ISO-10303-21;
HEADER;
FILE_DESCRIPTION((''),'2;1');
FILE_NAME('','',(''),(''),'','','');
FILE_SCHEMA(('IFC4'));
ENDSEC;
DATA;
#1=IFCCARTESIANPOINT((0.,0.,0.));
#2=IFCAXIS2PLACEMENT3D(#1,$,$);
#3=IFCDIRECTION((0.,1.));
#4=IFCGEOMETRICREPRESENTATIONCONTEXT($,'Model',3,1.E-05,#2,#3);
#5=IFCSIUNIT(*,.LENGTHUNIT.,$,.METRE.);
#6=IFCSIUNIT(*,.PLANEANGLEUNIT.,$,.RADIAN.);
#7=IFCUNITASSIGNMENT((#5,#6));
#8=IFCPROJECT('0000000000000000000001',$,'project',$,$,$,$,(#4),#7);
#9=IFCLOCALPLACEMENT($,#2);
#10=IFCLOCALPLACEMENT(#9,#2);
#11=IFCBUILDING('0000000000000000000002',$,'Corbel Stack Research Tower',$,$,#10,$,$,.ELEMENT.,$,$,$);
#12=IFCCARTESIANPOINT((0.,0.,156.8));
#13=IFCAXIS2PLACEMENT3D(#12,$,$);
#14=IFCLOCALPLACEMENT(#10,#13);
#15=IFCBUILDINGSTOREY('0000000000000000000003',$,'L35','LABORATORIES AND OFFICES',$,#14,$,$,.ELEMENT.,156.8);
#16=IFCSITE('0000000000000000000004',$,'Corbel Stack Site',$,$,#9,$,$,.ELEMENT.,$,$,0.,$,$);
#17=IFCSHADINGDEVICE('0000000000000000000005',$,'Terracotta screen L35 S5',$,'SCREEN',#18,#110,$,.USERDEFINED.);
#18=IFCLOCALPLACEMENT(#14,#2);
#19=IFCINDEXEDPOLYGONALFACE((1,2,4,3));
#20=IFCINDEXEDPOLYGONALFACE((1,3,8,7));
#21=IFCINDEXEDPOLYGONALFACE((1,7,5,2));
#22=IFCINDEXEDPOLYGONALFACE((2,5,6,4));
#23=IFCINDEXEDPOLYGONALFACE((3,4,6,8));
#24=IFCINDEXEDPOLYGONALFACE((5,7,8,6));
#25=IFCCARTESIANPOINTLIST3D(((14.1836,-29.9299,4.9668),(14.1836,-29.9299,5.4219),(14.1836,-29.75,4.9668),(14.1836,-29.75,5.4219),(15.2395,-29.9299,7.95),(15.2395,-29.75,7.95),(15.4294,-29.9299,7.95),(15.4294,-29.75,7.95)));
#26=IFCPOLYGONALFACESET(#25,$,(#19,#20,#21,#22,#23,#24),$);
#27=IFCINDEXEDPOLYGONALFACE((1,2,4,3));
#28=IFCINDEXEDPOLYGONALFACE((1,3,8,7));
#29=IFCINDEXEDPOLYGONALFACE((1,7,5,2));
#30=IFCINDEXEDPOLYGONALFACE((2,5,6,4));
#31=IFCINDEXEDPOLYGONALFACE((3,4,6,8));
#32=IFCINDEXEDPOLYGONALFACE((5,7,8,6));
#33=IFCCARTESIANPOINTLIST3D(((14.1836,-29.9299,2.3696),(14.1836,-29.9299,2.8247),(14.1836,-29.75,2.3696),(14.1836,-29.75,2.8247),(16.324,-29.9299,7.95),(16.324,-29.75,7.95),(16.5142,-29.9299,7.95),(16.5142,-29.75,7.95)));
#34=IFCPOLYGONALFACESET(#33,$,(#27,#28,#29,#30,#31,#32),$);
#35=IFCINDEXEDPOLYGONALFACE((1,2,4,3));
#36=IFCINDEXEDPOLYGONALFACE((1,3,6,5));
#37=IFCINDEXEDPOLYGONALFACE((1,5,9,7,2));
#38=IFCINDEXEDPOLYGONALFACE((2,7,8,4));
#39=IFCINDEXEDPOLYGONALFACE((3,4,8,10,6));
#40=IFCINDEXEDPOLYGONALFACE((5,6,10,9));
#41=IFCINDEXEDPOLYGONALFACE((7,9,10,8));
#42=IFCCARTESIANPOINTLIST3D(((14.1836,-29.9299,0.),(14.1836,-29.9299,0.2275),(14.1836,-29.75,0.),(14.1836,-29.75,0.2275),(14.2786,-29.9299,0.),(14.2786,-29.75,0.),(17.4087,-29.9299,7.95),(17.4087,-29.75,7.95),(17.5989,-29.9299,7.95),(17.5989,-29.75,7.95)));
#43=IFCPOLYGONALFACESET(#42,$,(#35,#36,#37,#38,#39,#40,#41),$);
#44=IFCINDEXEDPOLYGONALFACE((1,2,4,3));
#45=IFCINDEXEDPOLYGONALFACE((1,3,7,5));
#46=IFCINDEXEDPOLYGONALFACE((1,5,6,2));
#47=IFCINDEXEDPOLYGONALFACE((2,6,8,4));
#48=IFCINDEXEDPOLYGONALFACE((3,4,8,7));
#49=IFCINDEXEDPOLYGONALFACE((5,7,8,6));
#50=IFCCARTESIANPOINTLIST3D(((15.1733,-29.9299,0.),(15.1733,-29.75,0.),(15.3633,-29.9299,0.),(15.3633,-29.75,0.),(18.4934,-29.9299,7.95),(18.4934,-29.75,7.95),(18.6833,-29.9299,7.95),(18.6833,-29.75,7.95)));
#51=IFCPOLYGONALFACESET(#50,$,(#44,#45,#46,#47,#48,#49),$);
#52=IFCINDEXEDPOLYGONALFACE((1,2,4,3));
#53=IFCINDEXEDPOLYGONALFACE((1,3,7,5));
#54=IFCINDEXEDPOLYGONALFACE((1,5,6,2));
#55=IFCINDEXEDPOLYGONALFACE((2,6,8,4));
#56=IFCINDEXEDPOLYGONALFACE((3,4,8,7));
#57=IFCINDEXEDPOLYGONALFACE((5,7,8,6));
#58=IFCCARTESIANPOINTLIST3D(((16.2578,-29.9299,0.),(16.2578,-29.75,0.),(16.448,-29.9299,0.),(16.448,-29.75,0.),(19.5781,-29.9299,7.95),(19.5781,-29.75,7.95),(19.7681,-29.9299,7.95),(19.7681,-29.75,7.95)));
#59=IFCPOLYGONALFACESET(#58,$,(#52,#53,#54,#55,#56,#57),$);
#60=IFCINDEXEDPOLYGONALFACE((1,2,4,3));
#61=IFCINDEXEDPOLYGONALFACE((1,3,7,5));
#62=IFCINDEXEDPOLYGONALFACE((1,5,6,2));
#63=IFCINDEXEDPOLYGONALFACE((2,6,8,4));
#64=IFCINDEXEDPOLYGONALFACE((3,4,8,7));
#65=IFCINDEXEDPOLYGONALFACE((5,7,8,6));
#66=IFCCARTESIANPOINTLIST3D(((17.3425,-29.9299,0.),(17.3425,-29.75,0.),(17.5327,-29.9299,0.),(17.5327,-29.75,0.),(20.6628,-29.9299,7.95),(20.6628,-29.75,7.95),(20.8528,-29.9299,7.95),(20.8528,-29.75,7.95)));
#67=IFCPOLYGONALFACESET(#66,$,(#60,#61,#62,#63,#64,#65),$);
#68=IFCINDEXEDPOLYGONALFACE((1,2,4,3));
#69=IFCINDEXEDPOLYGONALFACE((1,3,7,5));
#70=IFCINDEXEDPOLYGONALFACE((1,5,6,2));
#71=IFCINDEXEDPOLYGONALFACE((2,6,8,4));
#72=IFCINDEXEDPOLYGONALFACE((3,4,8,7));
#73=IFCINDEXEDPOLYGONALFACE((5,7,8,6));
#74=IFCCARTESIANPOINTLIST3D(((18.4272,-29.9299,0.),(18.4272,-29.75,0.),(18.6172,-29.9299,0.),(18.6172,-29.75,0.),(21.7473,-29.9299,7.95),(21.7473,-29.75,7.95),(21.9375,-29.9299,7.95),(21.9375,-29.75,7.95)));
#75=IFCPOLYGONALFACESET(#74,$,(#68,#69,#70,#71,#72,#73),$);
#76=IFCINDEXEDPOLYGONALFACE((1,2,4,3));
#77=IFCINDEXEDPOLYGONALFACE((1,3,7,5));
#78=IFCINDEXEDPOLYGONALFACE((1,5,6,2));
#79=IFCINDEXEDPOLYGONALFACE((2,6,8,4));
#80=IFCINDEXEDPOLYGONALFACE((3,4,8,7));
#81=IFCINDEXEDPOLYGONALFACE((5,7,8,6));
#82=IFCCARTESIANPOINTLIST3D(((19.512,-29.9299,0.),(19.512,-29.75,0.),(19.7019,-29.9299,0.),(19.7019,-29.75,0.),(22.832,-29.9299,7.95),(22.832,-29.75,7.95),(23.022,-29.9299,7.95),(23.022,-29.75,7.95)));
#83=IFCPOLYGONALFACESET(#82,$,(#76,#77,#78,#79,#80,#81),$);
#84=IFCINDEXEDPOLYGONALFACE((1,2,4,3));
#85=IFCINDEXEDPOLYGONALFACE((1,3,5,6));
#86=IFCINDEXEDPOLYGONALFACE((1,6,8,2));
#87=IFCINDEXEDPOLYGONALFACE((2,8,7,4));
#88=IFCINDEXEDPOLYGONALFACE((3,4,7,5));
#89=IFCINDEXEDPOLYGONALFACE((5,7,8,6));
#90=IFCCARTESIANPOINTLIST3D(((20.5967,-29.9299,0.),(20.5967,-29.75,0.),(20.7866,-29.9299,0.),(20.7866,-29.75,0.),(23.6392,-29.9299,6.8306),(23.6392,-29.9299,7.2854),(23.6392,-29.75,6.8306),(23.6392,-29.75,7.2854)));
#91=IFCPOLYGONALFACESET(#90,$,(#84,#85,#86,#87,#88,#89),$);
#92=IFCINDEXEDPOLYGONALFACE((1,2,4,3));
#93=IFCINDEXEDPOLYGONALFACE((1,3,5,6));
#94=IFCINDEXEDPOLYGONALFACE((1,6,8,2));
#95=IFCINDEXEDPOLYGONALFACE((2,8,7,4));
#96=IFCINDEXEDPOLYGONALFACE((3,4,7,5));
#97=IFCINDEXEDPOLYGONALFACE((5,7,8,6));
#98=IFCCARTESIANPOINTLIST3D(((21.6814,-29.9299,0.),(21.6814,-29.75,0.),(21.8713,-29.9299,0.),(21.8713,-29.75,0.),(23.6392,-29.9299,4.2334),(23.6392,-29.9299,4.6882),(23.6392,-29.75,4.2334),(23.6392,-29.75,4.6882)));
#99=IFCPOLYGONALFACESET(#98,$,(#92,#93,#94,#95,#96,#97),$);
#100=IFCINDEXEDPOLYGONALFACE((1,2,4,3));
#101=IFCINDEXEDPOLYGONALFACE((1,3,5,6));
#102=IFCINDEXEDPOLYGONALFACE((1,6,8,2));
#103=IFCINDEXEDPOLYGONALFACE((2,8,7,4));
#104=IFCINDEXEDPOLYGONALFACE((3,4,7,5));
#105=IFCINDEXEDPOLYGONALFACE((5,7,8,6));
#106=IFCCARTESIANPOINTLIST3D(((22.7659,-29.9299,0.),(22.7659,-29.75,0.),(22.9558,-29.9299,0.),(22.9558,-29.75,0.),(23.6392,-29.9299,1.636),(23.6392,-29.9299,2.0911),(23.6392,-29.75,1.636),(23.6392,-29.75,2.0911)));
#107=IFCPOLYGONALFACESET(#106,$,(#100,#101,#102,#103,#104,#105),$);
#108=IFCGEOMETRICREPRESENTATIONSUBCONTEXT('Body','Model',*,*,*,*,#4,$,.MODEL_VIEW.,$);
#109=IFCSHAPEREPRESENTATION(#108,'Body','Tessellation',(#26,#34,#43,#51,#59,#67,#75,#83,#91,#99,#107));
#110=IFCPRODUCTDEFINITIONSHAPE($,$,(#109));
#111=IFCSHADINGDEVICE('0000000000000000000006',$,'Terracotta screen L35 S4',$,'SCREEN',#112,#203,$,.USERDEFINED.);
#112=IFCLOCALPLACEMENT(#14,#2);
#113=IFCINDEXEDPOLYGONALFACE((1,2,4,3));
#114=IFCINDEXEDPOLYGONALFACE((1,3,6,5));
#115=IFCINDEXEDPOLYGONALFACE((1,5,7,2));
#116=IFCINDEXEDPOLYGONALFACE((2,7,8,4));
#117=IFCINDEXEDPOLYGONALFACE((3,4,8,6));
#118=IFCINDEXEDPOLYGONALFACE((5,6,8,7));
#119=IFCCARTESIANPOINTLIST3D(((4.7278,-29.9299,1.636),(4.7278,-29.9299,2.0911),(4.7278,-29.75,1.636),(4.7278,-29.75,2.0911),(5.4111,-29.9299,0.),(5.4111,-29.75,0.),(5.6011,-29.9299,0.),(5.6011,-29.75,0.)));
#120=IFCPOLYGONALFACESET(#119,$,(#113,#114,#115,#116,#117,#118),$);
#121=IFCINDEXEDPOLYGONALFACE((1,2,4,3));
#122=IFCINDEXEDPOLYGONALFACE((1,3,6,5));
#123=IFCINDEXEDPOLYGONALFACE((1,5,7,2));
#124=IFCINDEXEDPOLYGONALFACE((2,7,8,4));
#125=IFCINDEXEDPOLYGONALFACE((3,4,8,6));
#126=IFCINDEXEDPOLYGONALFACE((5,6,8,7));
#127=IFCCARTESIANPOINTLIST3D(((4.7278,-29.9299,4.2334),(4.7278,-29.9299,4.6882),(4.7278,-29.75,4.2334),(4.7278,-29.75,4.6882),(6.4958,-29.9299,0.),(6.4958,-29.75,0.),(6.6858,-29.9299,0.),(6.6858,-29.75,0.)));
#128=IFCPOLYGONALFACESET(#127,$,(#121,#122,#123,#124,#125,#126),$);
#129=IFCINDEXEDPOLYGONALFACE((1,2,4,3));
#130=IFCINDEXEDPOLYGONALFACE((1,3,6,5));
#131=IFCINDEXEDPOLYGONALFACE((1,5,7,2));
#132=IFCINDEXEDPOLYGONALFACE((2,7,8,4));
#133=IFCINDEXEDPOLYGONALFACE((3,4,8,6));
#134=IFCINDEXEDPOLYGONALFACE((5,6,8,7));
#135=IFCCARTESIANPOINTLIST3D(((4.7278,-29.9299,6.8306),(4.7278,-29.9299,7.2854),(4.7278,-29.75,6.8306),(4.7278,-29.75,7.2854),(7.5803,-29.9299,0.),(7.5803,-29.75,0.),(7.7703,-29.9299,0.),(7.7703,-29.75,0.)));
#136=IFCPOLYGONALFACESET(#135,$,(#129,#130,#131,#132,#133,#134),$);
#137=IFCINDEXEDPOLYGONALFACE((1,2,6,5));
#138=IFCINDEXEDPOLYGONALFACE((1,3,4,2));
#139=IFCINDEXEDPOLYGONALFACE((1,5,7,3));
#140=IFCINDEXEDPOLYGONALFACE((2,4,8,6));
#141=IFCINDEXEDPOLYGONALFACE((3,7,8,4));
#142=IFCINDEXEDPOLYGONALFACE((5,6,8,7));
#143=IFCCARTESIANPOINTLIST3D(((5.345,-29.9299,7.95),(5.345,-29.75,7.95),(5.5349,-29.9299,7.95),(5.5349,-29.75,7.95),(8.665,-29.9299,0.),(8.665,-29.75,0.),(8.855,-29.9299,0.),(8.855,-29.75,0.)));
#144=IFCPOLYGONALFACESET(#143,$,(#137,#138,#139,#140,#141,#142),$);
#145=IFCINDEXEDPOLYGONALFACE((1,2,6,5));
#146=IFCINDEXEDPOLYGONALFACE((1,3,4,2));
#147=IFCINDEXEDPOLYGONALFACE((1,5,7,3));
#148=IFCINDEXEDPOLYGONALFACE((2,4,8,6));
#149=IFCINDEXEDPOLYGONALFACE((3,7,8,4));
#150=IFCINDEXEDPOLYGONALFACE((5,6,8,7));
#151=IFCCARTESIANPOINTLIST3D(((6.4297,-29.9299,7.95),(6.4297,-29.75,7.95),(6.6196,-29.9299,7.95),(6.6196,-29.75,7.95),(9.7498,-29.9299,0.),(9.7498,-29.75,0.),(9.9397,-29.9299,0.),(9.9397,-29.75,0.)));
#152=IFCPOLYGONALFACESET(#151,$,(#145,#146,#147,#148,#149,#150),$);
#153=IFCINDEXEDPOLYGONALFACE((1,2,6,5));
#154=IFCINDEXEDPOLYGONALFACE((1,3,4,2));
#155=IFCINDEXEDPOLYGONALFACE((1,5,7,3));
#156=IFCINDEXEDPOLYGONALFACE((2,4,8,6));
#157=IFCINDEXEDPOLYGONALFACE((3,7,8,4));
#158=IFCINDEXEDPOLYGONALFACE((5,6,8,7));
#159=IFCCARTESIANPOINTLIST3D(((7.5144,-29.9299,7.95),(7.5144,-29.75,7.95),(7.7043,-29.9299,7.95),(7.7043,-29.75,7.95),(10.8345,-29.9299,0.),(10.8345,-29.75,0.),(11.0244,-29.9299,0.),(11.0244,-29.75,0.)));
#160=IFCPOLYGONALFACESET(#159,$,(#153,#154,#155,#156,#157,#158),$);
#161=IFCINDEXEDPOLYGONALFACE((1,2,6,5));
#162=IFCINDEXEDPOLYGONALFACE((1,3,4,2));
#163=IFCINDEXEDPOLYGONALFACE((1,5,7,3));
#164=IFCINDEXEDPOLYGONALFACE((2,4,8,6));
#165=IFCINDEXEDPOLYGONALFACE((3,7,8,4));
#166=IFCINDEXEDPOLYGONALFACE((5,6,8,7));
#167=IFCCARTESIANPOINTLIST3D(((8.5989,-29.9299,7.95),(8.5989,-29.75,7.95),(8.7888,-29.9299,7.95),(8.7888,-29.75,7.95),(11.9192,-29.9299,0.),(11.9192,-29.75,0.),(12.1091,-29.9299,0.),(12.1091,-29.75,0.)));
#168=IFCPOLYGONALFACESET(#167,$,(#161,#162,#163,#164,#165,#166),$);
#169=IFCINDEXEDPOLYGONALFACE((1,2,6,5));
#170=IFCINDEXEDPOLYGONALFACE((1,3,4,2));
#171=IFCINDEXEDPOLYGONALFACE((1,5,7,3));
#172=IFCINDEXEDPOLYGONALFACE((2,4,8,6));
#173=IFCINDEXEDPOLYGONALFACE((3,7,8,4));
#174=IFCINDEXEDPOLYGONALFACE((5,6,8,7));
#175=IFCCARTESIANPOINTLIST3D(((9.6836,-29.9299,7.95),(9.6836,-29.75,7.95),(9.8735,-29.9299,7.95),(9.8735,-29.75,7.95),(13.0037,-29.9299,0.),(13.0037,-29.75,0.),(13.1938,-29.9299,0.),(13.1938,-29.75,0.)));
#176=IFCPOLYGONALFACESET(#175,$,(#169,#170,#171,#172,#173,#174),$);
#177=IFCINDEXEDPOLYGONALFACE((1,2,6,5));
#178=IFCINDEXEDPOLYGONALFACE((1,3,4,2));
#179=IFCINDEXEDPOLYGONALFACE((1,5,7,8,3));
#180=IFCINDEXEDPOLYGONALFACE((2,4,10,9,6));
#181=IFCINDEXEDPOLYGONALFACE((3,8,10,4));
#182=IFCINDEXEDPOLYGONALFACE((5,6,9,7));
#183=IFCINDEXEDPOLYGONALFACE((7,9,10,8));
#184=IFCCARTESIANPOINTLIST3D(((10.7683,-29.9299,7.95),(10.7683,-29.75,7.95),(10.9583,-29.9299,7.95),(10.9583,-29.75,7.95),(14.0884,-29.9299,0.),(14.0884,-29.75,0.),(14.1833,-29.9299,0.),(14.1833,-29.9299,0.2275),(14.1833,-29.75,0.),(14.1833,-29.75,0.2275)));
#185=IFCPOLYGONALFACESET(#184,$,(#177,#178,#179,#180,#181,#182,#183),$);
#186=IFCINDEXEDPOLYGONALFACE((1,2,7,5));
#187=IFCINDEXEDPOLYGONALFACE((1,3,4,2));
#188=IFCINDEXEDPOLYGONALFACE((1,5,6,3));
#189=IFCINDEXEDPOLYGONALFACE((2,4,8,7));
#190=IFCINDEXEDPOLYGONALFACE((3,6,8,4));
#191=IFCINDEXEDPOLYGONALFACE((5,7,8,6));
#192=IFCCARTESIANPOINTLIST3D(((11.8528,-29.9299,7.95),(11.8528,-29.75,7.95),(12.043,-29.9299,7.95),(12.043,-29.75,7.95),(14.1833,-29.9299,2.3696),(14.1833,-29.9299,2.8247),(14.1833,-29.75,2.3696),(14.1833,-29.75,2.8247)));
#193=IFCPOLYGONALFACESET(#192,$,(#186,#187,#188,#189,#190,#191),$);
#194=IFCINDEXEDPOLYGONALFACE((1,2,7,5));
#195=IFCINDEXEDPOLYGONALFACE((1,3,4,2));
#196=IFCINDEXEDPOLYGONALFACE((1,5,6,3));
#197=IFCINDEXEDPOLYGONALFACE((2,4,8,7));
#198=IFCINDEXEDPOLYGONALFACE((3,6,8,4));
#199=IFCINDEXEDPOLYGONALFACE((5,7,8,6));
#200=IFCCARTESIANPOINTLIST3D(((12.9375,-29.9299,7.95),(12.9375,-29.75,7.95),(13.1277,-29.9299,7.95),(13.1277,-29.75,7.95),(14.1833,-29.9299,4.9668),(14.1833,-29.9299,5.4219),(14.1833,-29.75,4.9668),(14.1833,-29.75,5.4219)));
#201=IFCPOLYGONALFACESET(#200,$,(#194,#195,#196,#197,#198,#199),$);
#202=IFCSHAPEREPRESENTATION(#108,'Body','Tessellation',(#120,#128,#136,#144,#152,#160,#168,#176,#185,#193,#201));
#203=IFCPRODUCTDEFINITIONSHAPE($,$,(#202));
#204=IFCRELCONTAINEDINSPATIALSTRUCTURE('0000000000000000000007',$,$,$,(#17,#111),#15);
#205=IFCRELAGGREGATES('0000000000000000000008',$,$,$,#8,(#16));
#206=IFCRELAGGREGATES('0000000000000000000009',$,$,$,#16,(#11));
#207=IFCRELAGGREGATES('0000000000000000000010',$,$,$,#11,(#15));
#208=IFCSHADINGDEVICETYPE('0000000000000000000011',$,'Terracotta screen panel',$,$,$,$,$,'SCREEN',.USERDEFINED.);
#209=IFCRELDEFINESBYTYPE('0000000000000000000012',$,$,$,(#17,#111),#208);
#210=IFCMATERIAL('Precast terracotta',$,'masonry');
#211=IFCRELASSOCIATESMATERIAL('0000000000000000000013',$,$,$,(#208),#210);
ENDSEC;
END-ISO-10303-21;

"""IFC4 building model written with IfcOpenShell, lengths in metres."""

from ifc_helpers import new_model, si_unit, direction, frame, origin, place, context, subcontext, project, spatial, polyline, outline, extrude, source, transform, mapped, material, type_object, element, save


model = new_model("IFC4")

# Units and contexts
model_context = context("Model", 3, precision=1e-05, world=origin(), true_north=direction((0.0, 1.0)))
body_context = subcontext(model_context, "Body", "Model", "MODEL_VIEW")
ifc_project = project(units=[si_unit("LENGTHUNIT", "METRE"), si_unit("PLANEANGLEUNIT", "RADIAN")], contexts=[model_context])

# Site, building, storey
site_placement = place(None, origin())
site = spatial("IfcSite", under=ifc_project, at=site_placement, Name="Corbel Stack Site", CompositionType="ELEMENT", RefElevation=0.0)
building_placement = place(site_placement, origin())
building = spatial("IfcBuilding", under=site, at=building_placement, Name="Corbel Stack Research Tower", CompositionType="ELEMENT")
storey_placement = place(building_placement, frame((0.0, 0.0, 156.8)))
storey = spatial("IfcBuildingStorey", under=building, at=storey_placement, Name="L35", Description="LABORATORIES AND OFFICES", CompositionType="ELEMENT", Elevation=156.8)

# Shading devices
ifc_material_1 = material(Name="Precast terracotta", Category="masonry")
shading_device_type = type_object("IfcShadingDeviceType", Name="Terracotta screen panel", ElementType="SCREEN", PredefinedType="USERDEFINED", material=ifc_material_1)
shared_shape_1 = source(origin(), body_context, "Body", "SweptSolid", [
    extrude(outline(polyline([(1.2458, 7.95), (1.0559, 7.95), (0.0, 5.4219), (0.0, 4.9668), (1.2458, 7.95)])), frame((0.0, 0.0, 0.0), z_axis=(0.0, -1.0, 0.0), x_axis=(1.0, 0.0, 0.0)), (0.0, 0.0, 1.0), 0.1799),
    extrude(outline(polyline([(2.3306, 7.95), (2.1404, 7.95), (0.0, 2.8247), (0.0, 2.3696), (2.3306, 7.95)])), frame((0.0, 0.0, 0.0), z_axis=(0.0, -1.0, 0.0), x_axis=(1.0, 0.0, 0.0)), (0.0, 0.0, 1.0), 0.1799),
    extrude(outline(polyline([(0.095, 0.0), (3.4153, 7.95), (3.2251, 7.95), (0.0, 0.2275), (0.0, 0.0), (0.095, 0.0)])), frame((0.0, 0.0, 0.0), z_axis=(0.0, -1.0, 0.0), x_axis=(1.0, 0.0, 0.0)), (0.0, 0.0, 1.0), 0.1799),
    extrude(outline(polyline([(1.1797, 0.0), (4.4998, 7.95), (4.3098, 7.95), (0.9897, 0.0), (1.1797, 0.0)])), frame((0.0, 0.0, 0.0), z_axis=(0.0, -1.0, 0.0), x_axis=(1.0, 0.0, 0.0)), (0.0, 0.0, 1.0), 0.1799),
    extrude(outline(polyline([(2.2644, 0.0), (5.5845, 7.95), (5.3945, 7.95), (2.0742, 0.0), (2.2644, 0.0)])), frame((0.0, 0.0, 0.0), z_axis=(0.0, -1.0, 0.0), x_axis=(1.0, 0.0, 0.0)), (0.0, 0.0, 1.0), 0.1799),
    extrude(outline(polyline([(3.3491, 0.0), (6.6692, 7.95), (6.4792, 7.95), (3.1589, 0.0), (3.3491, 0.0)])), frame((0.0, 0.0, 0.0), z_axis=(0.0, -1.0, 0.0), x_axis=(1.0, 0.0, 0.0)), (0.0, 0.0, 1.0), 0.1799),
    extrude(outline(polyline([(4.4336, 0.0), (7.7539, 7.95), (7.5637, 7.95), (4.2437, 0.0), (4.4336, 0.0)])), frame((0.0, 0.0, 0.0), z_axis=(0.0, -1.0, 0.0), x_axis=(1.0, 0.0, 0.0)), (0.0, 0.0, 1.0), 0.1799),
    extrude(outline(polyline([(5.5183, 0.0), (8.8384, 7.95), (8.6484, 7.95), (5.3284, 0.0), (5.5183, 0.0)])), frame((0.0, 0.0, 0.0), z_axis=(0.0, -1.0, 0.0), x_axis=(1.0, 0.0, 0.0)), (0.0, 0.0, 1.0), 0.1799),
    extrude(outline(polyline([(6.603, 0.0), (9.4556, 6.8306), (9.4556, 7.2854), (6.4131, 0.0), (6.603, 0.0)])), frame((0.0, 0.0, 0.0), z_axis=(0.0, -1.0, 0.0), x_axis=(1.0, 0.0, 0.0)), (0.0, 0.0, 1.0), 0.1799),
    extrude(outline(polyline([(7.6877, 0.0), (9.4556, 4.2334), (9.4556, 4.6882), (7.4978, 0.0), (7.6877, 0.0)])), frame((0.0, 0.0, 0.0), z_axis=(0.0, -1.0, 0.0), x_axis=(1.0, 0.0, 0.0)), (0.0, 0.0, 1.0), 0.1799),
    extrude(outline(polyline([(8.7722, 0.0), (9.4556, 1.636), (9.4556, 2.0911), (8.5823, 0.0), (8.7722, 0.0)])), frame((0.0, 0.0, 0.0), z_axis=(0.0, -1.0, 0.0), x_axis=(1.0, 0.0, 0.0)), (0.0, 0.0, 1.0), 0.1799),
])
shading_device_1_placement = place(storey_placement, frame((14.1836, -29.75, 0.0), z_axis=(0.0, 0.0, 1.0), x_axis=(1.0, 0.0, 0.0)))
element("IfcShadingDevice", 1, at=shading_device_1_placement, inside=storey, type_object=shading_device_type, Name="Terracotta screen L35 S5", ObjectType="SCREEN", PredefinedType="USERDEFINED", context=body_context, shape_type="MappedRepresentation", body=[
    mapped(shared_shape_1, transform((0.0, 0.0, 0.0))),
])
shared_shape_2 = source(origin(), body_context, "Body", "SweptSolid", [
    extrude(outline(polyline([(0.8733, 0.0), (0.0, 2.0911), (0.0, 1.636), (0.6833, 0.0), (0.8733, 0.0)])), frame((0.0, 0.0, 0.0), z_axis=(0.0, -1.0, 0.0), x_axis=(1.0, 0.0, 0.0)), (0.0, 0.0, 1.0), 0.1799),
    extrude(outline(polyline([(1.958, 0.0), (0.0, 4.6882), (0.0, 4.2334), (1.7681, 0.0), (1.958, 0.0)])), frame((0.0, 0.0, 0.0), z_axis=(0.0, -1.0, 0.0), x_axis=(1.0, 0.0, 0.0)), (0.0, 0.0, 1.0), 0.1799),
    extrude(outline(polyline([(3.0425, 0.0), (0.0, 7.2854), (0.0, 6.8306), (2.8525, 0.0), (3.0425, 0.0)])), frame((0.0, 0.0, 0.0), z_axis=(0.0, -1.0, 0.0), x_axis=(1.0, 0.0, 0.0)), (0.0, 0.0, 1.0), 0.1799),
    extrude(outline(polyline([(4.1272, 0.0), (0.8071, 7.95), (0.6172, 7.95), (3.9373, 0.0), (4.1272, 0.0)])), frame((0.0, 0.0, 0.0), z_axis=(0.0, -1.0, 0.0), x_axis=(1.0, 0.0, 0.0)), (0.0, 0.0, 1.0), 0.1799),
    extrude(outline(polyline([(5.2119, 0.0), (1.8918, 7.95), (1.7019, 7.95), (5.022, 0.0), (5.2119, 0.0)])), frame((0.0, 0.0, 0.0), z_axis=(0.0, -1.0, 0.0), x_axis=(1.0, 0.0, 0.0)), (0.0, 0.0, 1.0), 0.1799),
    extrude(outline(polyline([(6.2966, 0.0), (2.9766, 7.95), (2.7866, 7.95), (6.1067, 0.0), (6.2966, 0.0)])), frame((0.0, 0.0, 0.0), z_axis=(0.0, -1.0, 0.0), x_axis=(1.0, 0.0, 0.0)), (0.0, 0.0, 1.0), 0.1799),
    extrude(outline(polyline([(7.3813, 0.0), (4.061, 7.95), (3.8711, 7.95), (7.1914, 0.0), (7.3813, 0.0)])), frame((0.0, 0.0, 0.0), z_axis=(0.0, -1.0, 0.0), x_axis=(1.0, 0.0, 0.0)), (0.0, 0.0, 1.0), 0.1799),
    extrude(outline(polyline([(8.4661, 0.0), (5.1458, 7.95), (4.9558, 7.95), (8.2759, 0.0), (8.4661, 0.0)])), frame((0.0, 0.0, 0.0), z_axis=(0.0, -1.0, 0.0), x_axis=(1.0, 0.0, 0.0)), (0.0, 0.0, 1.0), 0.1799),
    extrude(outline(polyline([(9.4556, 0.0), (9.4556, 0.2275), (6.2305, 7.95), (6.0405, 7.95), (9.3606, 0.0), (9.4556, 0.0)])), frame((0.0, 0.0, 0.0), z_axis=(0.0, -1.0, 0.0), x_axis=(1.0, 0.0, 0.0)), (0.0, 0.0, 1.0), 0.1799),
    extrude(outline(polyline([(7.3152, 7.95), (7.125, 7.95), (9.4556, 2.3696), (9.4556, 2.8247), (7.3152, 7.95)])), frame((0.0, 0.0, 0.0), z_axis=(0.0, -1.0, 0.0), x_axis=(1.0, 0.0, 0.0)), (0.0, 0.0, 1.0), 0.1799),
    extrude(outline(polyline([(8.3999, 7.95), (8.2097, 7.95), (9.4556, 4.9668), (9.4556, 5.4219), (8.3999, 7.95)])), frame((0.0, 0.0, 0.0), z_axis=(0.0, -1.0, 0.0), x_axis=(1.0, 0.0, 0.0)), (0.0, 0.0, 1.0), 0.1799),
])
shading_device_2_placement = place(storey_placement, frame((4.7278, -29.75, 0.0), z_axis=(0.0, 0.0, 1.0), x_axis=(1.0, 0.0, 0.0)))
element("IfcShadingDevice", 2, at=shading_device_2_placement, inside=storey, type_object=shading_device_type, Name="Terracotta screen L35 S4", ObjectType="SCREEN", PredefinedType="USERDEFINED", context=body_context, shape_type="MappedRepresentation", body=[
    mapped(shared_shape_2, transform((0.0, 0.0, 0.0))),
])

save(model, "model.ifc")
